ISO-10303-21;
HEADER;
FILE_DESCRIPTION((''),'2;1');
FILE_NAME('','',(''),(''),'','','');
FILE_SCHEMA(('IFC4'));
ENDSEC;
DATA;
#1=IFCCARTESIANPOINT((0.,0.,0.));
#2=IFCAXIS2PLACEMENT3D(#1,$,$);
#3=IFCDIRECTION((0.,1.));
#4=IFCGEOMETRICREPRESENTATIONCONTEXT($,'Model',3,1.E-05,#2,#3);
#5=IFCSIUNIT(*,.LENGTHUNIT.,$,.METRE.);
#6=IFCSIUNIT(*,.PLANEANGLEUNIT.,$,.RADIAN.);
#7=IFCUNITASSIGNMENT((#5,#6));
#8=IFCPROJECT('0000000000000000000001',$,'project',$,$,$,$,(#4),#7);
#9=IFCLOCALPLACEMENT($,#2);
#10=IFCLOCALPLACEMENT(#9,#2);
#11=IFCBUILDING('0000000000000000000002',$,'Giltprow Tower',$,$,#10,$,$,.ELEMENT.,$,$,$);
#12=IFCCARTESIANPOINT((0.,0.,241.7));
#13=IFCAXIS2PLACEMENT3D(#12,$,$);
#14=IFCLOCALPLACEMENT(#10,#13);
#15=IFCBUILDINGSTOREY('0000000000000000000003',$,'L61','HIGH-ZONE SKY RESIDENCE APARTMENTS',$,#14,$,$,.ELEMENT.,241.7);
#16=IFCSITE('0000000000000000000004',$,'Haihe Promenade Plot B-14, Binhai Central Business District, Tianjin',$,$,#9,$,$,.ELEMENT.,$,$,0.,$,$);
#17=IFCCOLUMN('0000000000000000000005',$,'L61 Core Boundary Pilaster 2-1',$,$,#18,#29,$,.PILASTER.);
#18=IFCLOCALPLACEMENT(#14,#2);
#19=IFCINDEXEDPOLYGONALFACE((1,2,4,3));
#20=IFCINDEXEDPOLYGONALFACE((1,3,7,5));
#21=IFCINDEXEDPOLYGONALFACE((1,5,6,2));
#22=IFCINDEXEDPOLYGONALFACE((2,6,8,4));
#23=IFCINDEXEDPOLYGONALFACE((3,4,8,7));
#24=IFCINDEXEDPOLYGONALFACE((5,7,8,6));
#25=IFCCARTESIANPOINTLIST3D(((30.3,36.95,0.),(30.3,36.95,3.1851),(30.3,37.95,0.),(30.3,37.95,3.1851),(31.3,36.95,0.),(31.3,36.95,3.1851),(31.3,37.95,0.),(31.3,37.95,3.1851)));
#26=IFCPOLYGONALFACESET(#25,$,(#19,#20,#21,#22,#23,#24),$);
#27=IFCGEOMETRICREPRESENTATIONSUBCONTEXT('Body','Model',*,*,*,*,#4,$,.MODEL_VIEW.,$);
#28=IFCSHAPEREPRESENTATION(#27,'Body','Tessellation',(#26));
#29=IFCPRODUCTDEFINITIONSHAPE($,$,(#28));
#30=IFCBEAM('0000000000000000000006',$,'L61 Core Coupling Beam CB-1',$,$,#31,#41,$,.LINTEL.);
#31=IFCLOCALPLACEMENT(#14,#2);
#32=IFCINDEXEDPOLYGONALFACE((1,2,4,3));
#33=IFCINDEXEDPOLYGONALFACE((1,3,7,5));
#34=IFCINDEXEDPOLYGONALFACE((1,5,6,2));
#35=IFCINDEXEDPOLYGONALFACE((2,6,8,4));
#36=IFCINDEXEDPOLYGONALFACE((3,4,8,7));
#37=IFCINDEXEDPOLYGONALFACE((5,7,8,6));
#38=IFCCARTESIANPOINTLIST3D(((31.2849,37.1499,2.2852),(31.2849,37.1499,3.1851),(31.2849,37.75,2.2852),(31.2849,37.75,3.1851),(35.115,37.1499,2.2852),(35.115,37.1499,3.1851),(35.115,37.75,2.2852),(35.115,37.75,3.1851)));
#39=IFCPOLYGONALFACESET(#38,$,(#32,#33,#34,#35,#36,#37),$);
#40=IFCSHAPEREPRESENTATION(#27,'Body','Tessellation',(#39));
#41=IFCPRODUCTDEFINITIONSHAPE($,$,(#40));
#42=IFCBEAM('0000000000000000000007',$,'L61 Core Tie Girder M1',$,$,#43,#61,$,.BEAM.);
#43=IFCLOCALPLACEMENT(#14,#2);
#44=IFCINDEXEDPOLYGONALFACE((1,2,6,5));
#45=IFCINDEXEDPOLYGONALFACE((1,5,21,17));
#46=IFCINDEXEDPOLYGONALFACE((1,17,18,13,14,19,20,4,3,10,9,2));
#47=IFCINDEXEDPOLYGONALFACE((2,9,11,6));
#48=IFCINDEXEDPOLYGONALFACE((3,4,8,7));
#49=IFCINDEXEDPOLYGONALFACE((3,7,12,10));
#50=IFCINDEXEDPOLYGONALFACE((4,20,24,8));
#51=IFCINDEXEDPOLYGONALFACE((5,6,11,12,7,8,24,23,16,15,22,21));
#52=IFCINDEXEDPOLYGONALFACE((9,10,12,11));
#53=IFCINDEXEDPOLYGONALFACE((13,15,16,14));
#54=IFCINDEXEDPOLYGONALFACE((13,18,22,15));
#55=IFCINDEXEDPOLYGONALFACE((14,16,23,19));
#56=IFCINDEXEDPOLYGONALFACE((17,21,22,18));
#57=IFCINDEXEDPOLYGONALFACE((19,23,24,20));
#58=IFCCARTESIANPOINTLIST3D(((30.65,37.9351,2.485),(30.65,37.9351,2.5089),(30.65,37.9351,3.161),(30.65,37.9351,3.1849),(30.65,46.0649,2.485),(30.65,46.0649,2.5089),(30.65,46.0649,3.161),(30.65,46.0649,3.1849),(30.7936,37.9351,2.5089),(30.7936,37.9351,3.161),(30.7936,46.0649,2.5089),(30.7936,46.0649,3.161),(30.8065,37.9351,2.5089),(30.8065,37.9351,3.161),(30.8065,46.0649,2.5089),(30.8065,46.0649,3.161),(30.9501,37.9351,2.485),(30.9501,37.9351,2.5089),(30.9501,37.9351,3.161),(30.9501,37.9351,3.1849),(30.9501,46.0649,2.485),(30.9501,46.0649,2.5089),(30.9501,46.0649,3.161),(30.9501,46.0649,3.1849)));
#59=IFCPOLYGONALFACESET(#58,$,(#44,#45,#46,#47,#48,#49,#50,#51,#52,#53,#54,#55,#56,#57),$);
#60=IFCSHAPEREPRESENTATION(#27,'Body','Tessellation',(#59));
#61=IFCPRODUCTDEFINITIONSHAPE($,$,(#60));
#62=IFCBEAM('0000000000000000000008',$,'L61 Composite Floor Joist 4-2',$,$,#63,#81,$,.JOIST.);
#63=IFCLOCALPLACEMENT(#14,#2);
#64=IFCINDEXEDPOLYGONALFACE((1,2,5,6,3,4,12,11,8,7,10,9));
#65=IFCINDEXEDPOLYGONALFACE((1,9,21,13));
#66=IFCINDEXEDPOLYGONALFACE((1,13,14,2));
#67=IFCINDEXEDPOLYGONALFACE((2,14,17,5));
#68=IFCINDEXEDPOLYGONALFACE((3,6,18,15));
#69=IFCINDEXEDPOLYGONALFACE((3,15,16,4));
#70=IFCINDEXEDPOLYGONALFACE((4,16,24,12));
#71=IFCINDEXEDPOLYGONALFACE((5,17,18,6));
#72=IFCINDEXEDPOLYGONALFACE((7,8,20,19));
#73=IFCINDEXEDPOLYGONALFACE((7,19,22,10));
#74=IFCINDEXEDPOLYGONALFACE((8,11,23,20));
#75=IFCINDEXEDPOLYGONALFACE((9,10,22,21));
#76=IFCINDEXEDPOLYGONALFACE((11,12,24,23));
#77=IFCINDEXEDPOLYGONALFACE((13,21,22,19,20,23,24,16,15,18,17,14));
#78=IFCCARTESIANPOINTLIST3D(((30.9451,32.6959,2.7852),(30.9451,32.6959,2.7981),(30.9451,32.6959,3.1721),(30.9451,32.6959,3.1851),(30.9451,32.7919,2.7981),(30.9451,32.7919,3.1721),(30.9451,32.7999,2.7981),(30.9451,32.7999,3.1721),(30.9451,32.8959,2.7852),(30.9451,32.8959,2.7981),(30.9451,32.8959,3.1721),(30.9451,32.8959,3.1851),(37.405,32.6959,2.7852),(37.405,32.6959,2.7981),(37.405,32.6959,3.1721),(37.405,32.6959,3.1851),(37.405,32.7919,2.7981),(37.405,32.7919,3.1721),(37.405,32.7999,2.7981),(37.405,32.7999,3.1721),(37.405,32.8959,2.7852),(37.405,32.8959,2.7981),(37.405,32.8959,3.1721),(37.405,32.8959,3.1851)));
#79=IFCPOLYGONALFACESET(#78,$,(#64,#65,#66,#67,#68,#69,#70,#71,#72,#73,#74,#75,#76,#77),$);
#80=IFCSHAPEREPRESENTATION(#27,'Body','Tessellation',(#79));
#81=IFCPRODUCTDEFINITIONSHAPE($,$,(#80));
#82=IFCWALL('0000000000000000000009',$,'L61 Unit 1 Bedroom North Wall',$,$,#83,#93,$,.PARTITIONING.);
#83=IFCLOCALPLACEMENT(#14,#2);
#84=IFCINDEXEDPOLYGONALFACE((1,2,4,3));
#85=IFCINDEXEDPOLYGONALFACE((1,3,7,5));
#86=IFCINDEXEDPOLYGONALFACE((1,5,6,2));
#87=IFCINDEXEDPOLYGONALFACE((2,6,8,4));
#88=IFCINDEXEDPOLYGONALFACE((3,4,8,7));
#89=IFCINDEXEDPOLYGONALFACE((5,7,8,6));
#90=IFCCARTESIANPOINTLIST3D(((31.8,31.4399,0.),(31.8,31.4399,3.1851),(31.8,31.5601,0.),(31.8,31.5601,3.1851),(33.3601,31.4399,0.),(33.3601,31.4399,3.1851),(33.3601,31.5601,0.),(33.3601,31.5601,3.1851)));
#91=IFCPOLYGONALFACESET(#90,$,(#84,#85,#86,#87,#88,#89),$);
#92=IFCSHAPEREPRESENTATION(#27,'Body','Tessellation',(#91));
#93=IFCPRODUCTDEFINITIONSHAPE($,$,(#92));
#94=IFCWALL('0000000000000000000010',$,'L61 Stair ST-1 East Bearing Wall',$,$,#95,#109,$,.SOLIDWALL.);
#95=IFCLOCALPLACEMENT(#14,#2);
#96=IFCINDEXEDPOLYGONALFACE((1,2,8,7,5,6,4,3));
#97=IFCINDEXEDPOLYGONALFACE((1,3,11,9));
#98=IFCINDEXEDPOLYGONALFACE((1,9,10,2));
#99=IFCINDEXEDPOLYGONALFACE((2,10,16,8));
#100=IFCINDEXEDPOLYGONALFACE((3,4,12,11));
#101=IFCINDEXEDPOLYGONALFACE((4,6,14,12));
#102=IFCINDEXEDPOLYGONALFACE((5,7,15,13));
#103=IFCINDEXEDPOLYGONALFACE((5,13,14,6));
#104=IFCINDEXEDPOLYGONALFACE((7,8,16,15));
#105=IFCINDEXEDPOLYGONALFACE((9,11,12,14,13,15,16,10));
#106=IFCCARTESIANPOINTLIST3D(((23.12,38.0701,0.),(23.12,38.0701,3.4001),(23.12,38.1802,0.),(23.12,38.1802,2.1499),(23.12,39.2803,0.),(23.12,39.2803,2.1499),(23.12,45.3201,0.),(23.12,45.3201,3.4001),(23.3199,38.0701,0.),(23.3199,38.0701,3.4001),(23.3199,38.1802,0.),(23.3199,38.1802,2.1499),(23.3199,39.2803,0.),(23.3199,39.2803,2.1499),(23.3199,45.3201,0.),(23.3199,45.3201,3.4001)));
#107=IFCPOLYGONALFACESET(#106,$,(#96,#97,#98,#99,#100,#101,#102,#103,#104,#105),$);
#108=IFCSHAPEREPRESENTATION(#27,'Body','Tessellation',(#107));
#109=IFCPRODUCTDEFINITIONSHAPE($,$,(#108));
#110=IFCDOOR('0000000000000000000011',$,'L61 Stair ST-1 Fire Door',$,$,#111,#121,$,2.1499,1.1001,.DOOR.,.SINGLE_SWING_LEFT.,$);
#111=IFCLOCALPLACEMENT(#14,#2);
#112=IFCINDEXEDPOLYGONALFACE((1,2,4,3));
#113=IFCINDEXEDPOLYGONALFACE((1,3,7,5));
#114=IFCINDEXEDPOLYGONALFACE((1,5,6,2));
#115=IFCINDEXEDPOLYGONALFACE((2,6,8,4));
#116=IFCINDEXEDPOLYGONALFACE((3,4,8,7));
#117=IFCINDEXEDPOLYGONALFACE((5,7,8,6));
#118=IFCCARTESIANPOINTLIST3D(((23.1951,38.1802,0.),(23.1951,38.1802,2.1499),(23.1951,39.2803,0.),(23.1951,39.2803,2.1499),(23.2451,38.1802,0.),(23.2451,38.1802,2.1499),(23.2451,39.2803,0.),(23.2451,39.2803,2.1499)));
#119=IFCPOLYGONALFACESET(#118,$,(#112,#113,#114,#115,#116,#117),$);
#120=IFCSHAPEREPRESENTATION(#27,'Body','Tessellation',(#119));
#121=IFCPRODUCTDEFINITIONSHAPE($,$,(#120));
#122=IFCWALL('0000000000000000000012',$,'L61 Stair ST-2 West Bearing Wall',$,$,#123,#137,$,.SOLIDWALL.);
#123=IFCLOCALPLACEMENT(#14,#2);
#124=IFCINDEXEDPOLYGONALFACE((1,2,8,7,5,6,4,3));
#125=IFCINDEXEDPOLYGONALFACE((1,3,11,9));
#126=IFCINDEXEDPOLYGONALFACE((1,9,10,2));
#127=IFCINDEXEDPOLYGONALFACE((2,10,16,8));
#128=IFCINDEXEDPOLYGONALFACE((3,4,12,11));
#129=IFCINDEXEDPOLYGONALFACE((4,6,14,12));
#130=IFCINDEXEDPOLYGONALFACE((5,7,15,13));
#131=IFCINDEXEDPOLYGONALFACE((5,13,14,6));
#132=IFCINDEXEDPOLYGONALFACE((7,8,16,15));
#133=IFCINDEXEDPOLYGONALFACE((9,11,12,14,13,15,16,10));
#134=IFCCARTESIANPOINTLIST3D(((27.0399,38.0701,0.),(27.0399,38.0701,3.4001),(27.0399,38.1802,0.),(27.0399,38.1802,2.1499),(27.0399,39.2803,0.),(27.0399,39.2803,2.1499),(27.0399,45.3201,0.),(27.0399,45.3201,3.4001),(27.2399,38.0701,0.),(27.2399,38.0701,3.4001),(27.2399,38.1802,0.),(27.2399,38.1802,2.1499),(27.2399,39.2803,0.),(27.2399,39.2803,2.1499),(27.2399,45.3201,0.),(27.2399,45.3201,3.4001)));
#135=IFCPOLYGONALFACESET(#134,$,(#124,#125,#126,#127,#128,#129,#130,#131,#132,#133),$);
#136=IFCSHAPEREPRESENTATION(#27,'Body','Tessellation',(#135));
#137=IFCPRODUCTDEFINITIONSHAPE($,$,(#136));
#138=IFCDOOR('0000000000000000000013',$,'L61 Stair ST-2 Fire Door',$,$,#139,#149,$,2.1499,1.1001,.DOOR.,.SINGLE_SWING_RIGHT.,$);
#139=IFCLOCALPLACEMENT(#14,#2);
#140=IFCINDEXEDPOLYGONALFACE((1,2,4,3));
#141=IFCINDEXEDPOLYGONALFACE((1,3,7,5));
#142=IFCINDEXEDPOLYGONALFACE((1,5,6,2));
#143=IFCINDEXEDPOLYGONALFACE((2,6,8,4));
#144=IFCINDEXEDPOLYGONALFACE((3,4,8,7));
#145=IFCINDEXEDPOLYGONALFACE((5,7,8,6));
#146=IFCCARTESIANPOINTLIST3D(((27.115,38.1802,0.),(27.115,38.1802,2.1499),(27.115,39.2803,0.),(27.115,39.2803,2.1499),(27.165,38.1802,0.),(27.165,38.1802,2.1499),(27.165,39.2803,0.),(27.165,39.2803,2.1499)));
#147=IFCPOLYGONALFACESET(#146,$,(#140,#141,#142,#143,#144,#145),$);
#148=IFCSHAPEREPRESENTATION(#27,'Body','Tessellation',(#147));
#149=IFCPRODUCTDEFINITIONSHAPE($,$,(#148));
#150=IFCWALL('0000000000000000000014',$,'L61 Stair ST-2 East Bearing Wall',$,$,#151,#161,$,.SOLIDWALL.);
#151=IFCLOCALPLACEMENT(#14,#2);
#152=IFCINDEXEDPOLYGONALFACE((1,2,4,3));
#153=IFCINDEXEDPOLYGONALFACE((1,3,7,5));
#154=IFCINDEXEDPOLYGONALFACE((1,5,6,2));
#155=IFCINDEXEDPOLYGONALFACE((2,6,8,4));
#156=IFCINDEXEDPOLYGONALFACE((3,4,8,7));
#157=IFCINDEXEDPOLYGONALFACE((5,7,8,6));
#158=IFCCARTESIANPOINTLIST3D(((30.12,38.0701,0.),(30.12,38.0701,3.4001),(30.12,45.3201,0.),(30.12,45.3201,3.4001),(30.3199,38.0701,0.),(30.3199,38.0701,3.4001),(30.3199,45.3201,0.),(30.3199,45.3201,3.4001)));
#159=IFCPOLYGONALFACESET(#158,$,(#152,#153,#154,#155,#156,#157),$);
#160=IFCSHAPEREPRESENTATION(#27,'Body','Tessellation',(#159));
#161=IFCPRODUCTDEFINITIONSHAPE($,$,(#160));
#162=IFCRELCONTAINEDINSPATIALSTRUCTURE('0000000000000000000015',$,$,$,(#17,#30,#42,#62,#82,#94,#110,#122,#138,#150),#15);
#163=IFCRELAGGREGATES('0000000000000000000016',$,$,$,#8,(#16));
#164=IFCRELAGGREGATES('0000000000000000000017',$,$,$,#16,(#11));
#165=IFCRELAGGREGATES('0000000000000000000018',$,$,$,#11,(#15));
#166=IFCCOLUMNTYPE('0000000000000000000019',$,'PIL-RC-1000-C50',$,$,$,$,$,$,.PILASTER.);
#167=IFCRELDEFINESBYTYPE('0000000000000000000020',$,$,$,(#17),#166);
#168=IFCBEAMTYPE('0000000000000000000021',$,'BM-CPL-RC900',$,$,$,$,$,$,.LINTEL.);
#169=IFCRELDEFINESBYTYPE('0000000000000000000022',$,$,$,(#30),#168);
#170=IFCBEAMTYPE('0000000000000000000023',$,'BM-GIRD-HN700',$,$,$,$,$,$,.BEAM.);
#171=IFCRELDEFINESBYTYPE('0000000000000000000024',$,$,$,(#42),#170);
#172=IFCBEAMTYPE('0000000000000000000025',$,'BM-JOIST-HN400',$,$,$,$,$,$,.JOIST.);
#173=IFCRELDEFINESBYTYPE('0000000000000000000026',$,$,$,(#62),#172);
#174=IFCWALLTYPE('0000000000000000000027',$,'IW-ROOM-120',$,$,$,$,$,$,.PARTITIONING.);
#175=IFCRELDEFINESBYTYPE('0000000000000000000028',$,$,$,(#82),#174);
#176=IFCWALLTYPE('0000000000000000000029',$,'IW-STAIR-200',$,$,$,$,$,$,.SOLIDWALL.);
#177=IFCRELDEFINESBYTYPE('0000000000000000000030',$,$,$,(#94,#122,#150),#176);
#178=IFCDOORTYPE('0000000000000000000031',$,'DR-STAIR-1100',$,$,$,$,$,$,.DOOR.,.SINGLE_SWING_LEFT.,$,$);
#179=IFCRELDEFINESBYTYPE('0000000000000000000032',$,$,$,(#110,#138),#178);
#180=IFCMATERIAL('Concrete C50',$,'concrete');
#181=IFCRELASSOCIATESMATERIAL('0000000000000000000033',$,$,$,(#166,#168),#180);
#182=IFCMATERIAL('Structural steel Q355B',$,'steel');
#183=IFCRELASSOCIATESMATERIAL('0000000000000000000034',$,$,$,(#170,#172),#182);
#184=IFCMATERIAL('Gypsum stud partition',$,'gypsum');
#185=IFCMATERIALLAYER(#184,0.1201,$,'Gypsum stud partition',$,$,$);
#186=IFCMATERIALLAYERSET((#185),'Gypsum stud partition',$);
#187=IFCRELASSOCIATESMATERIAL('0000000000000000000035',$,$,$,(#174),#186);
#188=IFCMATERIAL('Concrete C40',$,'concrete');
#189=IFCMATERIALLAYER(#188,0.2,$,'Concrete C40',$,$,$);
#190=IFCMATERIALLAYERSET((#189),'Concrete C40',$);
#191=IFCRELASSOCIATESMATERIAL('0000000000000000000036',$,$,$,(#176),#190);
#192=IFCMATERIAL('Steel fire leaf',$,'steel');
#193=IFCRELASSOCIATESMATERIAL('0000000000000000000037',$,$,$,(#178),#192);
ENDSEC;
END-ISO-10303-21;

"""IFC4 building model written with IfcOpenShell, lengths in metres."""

from ifc_helpers import new_model, si_unit, direction, frame, frame_2d, origin, origin_2d, place, context, subcontext, project, spatial, rectangle, i_section, extrude, source, transform, mapped, material, layer, layer_set, material_profile, profile_set, type_object, element, fill, save


model = new_model("IFC4")

# Units and contexts
model_context = context("Model", 3, precision=1e-05, world=origin(), true_north=direction((0.0, 1.0)))
body_context = subcontext(model_context, "Body", "Model", "MODEL_VIEW")
ifc_project = project(units=[si_unit("LENGTHUNIT", "METRE"), si_unit("PLANEANGLEUNIT", "RADIAN")], contexts=[model_context])

# Site, building, storey
site_placement = place(None, origin())
site = spatial("IfcSite", under=ifc_project, at=site_placement, Name="Haihe Promenade Plot B-14, Binhai Central Business District, Tianjin", CompositionType="ELEMENT", RefElevation=0.0)
building_placement = place(site_placement, origin())
building = spatial("IfcBuilding", under=site, at=building_placement, Name="Giltprow Tower", CompositionType="ELEMENT")
storey_placement = place(building_placement, frame((0.0, 0.0, 241.7)))
storey = spatial("IfcBuildingStorey", under=building, at=storey_placement, Name="L61", Description="HIGH-ZONE SKY RESIDENCE APARTMENTS", CompositionType="ELEMENT", Elevation=241.7)

# Column
ifc_material_1 = material(Name="Concrete C50", Category="concrete")
ifc_material_profile_1 = material_profile(ifc_material_1, rectangle(XDim=1.0, YDim=1.0, at=origin_2d()), Name="RC 1000x1000")
ifc_profile_set_1 = profile_set([ifc_material_profile_1], Name="Concrete C50")
column_type = type_object("IfcColumnType", Name="PIL-RC-1000-C50", PredefinedType="PILASTER", material=ifc_profile_set_1)
shared_shape_1 = source(origin(), body_context, "Body", "SweptSolid", [
    extrude(rectangle(XDim=1.0, YDim=1.0, at=origin_2d()), origin(), (0.0, 0.0, 1.0), 3.1851),
])
column_placement = place(storey_placement, frame((30.8, 37.45, 0.0), z_axis=(0.0, 0.0, 1.0), x_axis=(1.0, 0.0, 0.0)))
element("IfcColumn", 1, at=column_placement, inside=storey, type_object=column_type, Name="L61 Core Boundary Pilaster 2-1", PredefinedType="PILASTER", context=body_context, shape_type="MappedRepresentation", body=[
    mapped(shared_shape_1, transform((0.0, 0.0, 0.0), x_axis=(1.0, 0.0, 0.0), y_axis=(0.0, 1.0, 0.0), z_axis=(0.0, 0.0, 1.0), scale=1.0)),
])

# Beams
ifc_material_profile_2 = material_profile(ifc_material_1, rectangle(XDim=0.6001, YDim=0.8999, at=origin_2d()), Name="RC 900x600")
ifc_profile_set_2 = profile_set([ifc_material_profile_2], Name="Concrete C50")
beam_type_1 = type_object("IfcBeamType", Name="BM-CPL-RC900", PredefinedType="LINTEL", material=ifc_profile_set_2)
shared_shape_2 = source(origin(), body_context, "Body", "SweptSolid", [
    extrude(rectangle(XDim=0.6001, YDim=0.8999, at=origin_2d()), origin(), (0.0, 0.0, 1.0), 3.8301),
])
beam_1_placement = place(storey_placement, frame((31.2849, 37.45, 2.7351), z_axis=(1.0, 0.0, 0.0), x_axis=(0.0, 1.0, 0.0)))
element("IfcBeam", 2, at=beam_1_placement, inside=storey, type_object=beam_type_1, Name="L61 Core Coupling Beam CB-1", PredefinedType="LINTEL", context=body_context, shape_type="MappedRepresentation", body=[
    mapped(shared_shape_2, transform((0.0, 0.0, 0.0), x_axis=(1.0, 0.0, 0.0), y_axis=(0.0, 1.0, 0.0), z_axis=(0.0, 0.0, 1.0), scale=1.0)),
])
ifc_material_2 = material(Name="Structural steel Q355B", Category="steel")
ifc_material_profile_3 = material_profile(ifc_material_2, i_section(OverallWidth=0.3, OverallDepth=0.7, WebThickness=0.0129, FlangeThickness=0.0239, at=origin_2d()), Name="HN 700x300x13x24")
ifc_profile_set_3 = profile_set([ifc_material_profile_3], Name="Structural steel Q355B")
beam_type_2 = type_object("IfcBeamType", Name="BM-GIRD-HN700", PredefinedType="BEAM", material=ifc_profile_set_3)
shared_shape_3 = source(origin(), body_context, "Body", "SweptSolid", [
    extrude(i_section(OverallWidth=0.3, OverallDepth=0.7, WebThickness=0.0129, FlangeThickness=0.0239, at=origin_2d()), origin(), (0.0, 0.0, 1.0), 8.1299),
])
beam_2_placement = place(storey_placement, frame((30.8, 37.9351, 2.835), z_axis=(0.0, 1.0, 0.0), x_axis=(-1.0, 0.0, 0.0)))
element("IfcBeam", 3, at=beam_2_placement, inside=storey, type_object=beam_type_2, Name="L61 Core Tie Girder M1", PredefinedType="BEAM", context=body_context, shape_type="MappedRepresentation", body=[
    mapped(shared_shape_3, transform((0.0, 0.0, 0.0), x_axis=(1.0, 0.0, 0.0), y_axis=(0.0, 1.0, 0.0), z_axis=(0.0, 0.0, 1.0), scale=1.0)),
])
ifc_material_profile_4 = material_profile(ifc_material_2, i_section(OverallWidth=0.2, OverallDepth=0.3999, WebThickness=0.0081, FlangeThickness=0.0129, at=origin_2d()), Name="HN 400x200x8x13")
ifc_profile_set_4 = profile_set([ifc_material_profile_4], Name="Structural steel Q355B")
beam_type_3 = type_object("IfcBeamType", Name="BM-JOIST-HN400", PredefinedType="JOIST", material=ifc_profile_set_4)
shared_shape_4 = source(origin(), body_context, "Body", "SweptSolid", [
    extrude(i_section(OverallWidth=0.2, OverallDepth=0.3999, WebThickness=0.0081, FlangeThickness=0.0129, at=origin_2d()), origin(), (0.0, 0.0, 1.0), 6.46),
])
beam_3_placement = place(storey_placement, frame((30.9451, 32.7959, 2.9851), z_axis=(1.0, 0.0, 0.0), x_axis=(0.0, 1.0, 0.0)))
element("IfcBeam", 4, at=beam_3_placement, inside=storey, type_object=beam_type_3, Name="L61 Composite Floor Joist 4-2", PredefinedType="JOIST", context=body_context, shape_type="MappedRepresentation", body=[
    mapped(shared_shape_4, transform((0.0, 0.0, 0.0), x_axis=(1.0, 0.0, 0.0), y_axis=(0.0, 1.0, 0.0), z_axis=(0.0, 0.0, 1.0), scale=1.0)),
])

# Wall
ifc_material_3 = material(Name="Gypsum stud partition", Category="gypsum")
ifc_layer_1 = layer(ifc_material_3, 0.1201, Name="Gypsum stud partition")
ifc_layer_set_1 = layer_set([ifc_layer_1], Name="Gypsum stud partition")
wall_type_1 = type_object("IfcWallType", Name="IW-ROOM-120", PredefinedType="PARTITIONING", material=ifc_layer_set_1)
wall_1_placement = place(storey_placement, frame((31.8, 31.5, 0.0), z_axis=(0.0, 0.0, 1.0), x_axis=(1.0, 0.0, 0.0)))
element("IfcWall", 5, at=wall_1_placement, inside=storey, type_object=wall_type_1, Name="L61 Unit 1 Bedroom North Wall", PredefinedType="PARTITIONING", context=body_context, shape_type="SweptSolid", body=[
    extrude(rectangle(XDim=1.5601, YDim=0.1201, at=frame_2d((0.78, 0.0))), origin(), (0.0, 0.0, 1.0), 3.1851),
])

# Walls, openings, doors
ifc_material_4 = material(Name="Concrete C40", Category="concrete")
ifc_layer_2 = layer(ifc_material_4, 0.2, Name="Concrete C40")
ifc_layer_set_2 = layer_set([ifc_layer_2], Name="Concrete C40")
wall_type_2 = type_object("IfcWallType", Name="IW-STAIR-200", PredefinedType="SOLIDWALL", material=ifc_layer_set_2)
wall_2_placement = place(storey_placement, frame((23.22, 38.0701, 0.0), z_axis=(0.0, 0.0, 1.0), x_axis=(0.0, 1.0, 0.0)))
wall_2 = element("IfcWall", 6, at=wall_2_placement, inside=storey, type_object=wall_type_2, Name="L61 Stair ST-1 East Bearing Wall", PredefinedType="SOLIDWALL", context=body_context, shape_type="SweptSolid", body=[
    extrude(rectangle(XDim=7.25, YDim=0.2, at=frame_2d((3.625, 0.0))), origin(), (0.0, 0.0, 1.0), 3.4001),
])
opening_1_placement = place(wall_2_placement, frame((0.1101, 0.0, 0.0)))
opening_1 = element("IfcOpeningElement", 7, at=opening_1_placement, cuts=wall_2, PredefinedType="OPENING", context=body_context, shape_type="SweptSolid", body=[
    extrude(rectangle(XDim=1.1001, YDim=2.1499, at=frame_2d((0.55, 1.075))), frame((0.0, 0.1099, 0.0), z_axis=(0.0, -1.0, 0.0), x_axis=(1.0, 0.0, 0.0)), (0.0, 0.0, 1.0), 0.22),
])
ifc_material_5 = material(Name="Steel fire leaf", Category="steel")
door_type_1 = type_object("IfcDoorType", Name="DR-STAIR-1100", OperationType="SINGLE_SWING_LEFT", PredefinedType="DOOR", material=ifc_material_5)
shared_shape_5 = source(origin(), body_context, "Body", "SweptSolid", [
    extrude(rectangle(XDim=1.1001, YDim=2.1499, at=frame_2d((0.55, 1.075))), frame((0.0, 0.0249, 0.0), z_axis=(0.0, -1.0, 0.0), x_axis=(1.0, 0.0, 0.0)), (0.0, 0.0, 1.0), 0.05),
])
door_1_placement = place(opening_1_placement, origin())
door_1 = element("IfcDoor", 8, at=door_1_placement, inside=storey, type_object=door_type_1, Name="L61 Stair ST-1 Fire Door", OperationType="SINGLE_SWING_LEFT", OverallHeight=2.1499, OverallWidth=1.1001, PredefinedType="DOOR", context=body_context, shape_type="MappedRepresentation", body=[
    mapped(shared_shape_5, transform((0.0, 0.0, 0.0), x_axis=(1.0, 0.0, 0.0), y_axis=(0.0, 1.0, 0.0), z_axis=(0.0, 0.0, 1.0), scale=1.0)),
])
fill(opening_1, door_1)
wall_3_placement = place(storey_placement, frame((27.1399, 38.0701, 0.0), z_axis=(0.0, 0.0, 1.0), x_axis=(0.0, 1.0, 0.0)))
wall_3 = element("IfcWall", 9, at=wall_3_placement, inside=storey, type_object=wall_type_2, Name="L61 Stair ST-2 West Bearing Wall", PredefinedType="SOLIDWALL", context=body_context, shape_type="SweptSolid", body=[
    extrude(rectangle(XDim=7.25, YDim=0.2, at=frame_2d((3.625, 0.0))), origin(), (0.0, 0.0, 1.0), 3.4001),
])
opening_2_placement = place(wall_3_placement, frame((0.1101, 0.0, 0.0)))
opening_2 = element("IfcOpeningElement", 10, at=opening_2_placement, cuts=wall_3, PredefinedType="OPENING", context=body_context, shape_type="SweptSolid", body=[
    extrude(rectangle(XDim=1.1001, YDim=2.1499, at=frame_2d((0.55, 1.075))), frame((0.0, 0.1099, 0.0), z_axis=(0.0, -1.0, 0.0), x_axis=(1.0, 0.0, 0.0)), (0.0, 0.0, 1.0), 0.22),
])
door_2_placement = place(opening_2_placement, origin())
door_2 = element("IfcDoor", 11, at=door_2_placement, inside=storey, type_object=door_type_1, Name="L61 Stair ST-2 Fire Door", OperationType="SINGLE_SWING_RIGHT", OverallHeight=2.1499, OverallWidth=1.1001, PredefinedType="DOOR", context=body_context, shape_type="MappedRepresentation", body=[
    mapped(shared_shape_5, transform((0.0, 0.0, 0.0), x_axis=(1.0, 0.0, 0.0), y_axis=(0.0, 1.0, 0.0), z_axis=(0.0, 0.0, 1.0), scale=1.0)),
])
fill(opening_2, door_2)

# Wall
wall_4_placement = place(storey_placement, frame((30.22, 38.0701, 0.0), z_axis=(0.0, 0.0, 1.0), x_axis=(0.0, 1.0, 0.0)))
element("IfcWall", 12, at=wall_4_placement, inside=storey, type_object=wall_type_2, Name="L61 Stair ST-2 East Bearing Wall", PredefinedType="SOLIDWALL", context=body_context, shape_type="SweptSolid", body=[
    extrude(rectangle(XDim=7.25, YDim=0.2, at=frame_2d((3.625, 0.0))), origin(), (0.0, 0.0, 1.0), 3.4001),
])

save(model, "model.ifc")
